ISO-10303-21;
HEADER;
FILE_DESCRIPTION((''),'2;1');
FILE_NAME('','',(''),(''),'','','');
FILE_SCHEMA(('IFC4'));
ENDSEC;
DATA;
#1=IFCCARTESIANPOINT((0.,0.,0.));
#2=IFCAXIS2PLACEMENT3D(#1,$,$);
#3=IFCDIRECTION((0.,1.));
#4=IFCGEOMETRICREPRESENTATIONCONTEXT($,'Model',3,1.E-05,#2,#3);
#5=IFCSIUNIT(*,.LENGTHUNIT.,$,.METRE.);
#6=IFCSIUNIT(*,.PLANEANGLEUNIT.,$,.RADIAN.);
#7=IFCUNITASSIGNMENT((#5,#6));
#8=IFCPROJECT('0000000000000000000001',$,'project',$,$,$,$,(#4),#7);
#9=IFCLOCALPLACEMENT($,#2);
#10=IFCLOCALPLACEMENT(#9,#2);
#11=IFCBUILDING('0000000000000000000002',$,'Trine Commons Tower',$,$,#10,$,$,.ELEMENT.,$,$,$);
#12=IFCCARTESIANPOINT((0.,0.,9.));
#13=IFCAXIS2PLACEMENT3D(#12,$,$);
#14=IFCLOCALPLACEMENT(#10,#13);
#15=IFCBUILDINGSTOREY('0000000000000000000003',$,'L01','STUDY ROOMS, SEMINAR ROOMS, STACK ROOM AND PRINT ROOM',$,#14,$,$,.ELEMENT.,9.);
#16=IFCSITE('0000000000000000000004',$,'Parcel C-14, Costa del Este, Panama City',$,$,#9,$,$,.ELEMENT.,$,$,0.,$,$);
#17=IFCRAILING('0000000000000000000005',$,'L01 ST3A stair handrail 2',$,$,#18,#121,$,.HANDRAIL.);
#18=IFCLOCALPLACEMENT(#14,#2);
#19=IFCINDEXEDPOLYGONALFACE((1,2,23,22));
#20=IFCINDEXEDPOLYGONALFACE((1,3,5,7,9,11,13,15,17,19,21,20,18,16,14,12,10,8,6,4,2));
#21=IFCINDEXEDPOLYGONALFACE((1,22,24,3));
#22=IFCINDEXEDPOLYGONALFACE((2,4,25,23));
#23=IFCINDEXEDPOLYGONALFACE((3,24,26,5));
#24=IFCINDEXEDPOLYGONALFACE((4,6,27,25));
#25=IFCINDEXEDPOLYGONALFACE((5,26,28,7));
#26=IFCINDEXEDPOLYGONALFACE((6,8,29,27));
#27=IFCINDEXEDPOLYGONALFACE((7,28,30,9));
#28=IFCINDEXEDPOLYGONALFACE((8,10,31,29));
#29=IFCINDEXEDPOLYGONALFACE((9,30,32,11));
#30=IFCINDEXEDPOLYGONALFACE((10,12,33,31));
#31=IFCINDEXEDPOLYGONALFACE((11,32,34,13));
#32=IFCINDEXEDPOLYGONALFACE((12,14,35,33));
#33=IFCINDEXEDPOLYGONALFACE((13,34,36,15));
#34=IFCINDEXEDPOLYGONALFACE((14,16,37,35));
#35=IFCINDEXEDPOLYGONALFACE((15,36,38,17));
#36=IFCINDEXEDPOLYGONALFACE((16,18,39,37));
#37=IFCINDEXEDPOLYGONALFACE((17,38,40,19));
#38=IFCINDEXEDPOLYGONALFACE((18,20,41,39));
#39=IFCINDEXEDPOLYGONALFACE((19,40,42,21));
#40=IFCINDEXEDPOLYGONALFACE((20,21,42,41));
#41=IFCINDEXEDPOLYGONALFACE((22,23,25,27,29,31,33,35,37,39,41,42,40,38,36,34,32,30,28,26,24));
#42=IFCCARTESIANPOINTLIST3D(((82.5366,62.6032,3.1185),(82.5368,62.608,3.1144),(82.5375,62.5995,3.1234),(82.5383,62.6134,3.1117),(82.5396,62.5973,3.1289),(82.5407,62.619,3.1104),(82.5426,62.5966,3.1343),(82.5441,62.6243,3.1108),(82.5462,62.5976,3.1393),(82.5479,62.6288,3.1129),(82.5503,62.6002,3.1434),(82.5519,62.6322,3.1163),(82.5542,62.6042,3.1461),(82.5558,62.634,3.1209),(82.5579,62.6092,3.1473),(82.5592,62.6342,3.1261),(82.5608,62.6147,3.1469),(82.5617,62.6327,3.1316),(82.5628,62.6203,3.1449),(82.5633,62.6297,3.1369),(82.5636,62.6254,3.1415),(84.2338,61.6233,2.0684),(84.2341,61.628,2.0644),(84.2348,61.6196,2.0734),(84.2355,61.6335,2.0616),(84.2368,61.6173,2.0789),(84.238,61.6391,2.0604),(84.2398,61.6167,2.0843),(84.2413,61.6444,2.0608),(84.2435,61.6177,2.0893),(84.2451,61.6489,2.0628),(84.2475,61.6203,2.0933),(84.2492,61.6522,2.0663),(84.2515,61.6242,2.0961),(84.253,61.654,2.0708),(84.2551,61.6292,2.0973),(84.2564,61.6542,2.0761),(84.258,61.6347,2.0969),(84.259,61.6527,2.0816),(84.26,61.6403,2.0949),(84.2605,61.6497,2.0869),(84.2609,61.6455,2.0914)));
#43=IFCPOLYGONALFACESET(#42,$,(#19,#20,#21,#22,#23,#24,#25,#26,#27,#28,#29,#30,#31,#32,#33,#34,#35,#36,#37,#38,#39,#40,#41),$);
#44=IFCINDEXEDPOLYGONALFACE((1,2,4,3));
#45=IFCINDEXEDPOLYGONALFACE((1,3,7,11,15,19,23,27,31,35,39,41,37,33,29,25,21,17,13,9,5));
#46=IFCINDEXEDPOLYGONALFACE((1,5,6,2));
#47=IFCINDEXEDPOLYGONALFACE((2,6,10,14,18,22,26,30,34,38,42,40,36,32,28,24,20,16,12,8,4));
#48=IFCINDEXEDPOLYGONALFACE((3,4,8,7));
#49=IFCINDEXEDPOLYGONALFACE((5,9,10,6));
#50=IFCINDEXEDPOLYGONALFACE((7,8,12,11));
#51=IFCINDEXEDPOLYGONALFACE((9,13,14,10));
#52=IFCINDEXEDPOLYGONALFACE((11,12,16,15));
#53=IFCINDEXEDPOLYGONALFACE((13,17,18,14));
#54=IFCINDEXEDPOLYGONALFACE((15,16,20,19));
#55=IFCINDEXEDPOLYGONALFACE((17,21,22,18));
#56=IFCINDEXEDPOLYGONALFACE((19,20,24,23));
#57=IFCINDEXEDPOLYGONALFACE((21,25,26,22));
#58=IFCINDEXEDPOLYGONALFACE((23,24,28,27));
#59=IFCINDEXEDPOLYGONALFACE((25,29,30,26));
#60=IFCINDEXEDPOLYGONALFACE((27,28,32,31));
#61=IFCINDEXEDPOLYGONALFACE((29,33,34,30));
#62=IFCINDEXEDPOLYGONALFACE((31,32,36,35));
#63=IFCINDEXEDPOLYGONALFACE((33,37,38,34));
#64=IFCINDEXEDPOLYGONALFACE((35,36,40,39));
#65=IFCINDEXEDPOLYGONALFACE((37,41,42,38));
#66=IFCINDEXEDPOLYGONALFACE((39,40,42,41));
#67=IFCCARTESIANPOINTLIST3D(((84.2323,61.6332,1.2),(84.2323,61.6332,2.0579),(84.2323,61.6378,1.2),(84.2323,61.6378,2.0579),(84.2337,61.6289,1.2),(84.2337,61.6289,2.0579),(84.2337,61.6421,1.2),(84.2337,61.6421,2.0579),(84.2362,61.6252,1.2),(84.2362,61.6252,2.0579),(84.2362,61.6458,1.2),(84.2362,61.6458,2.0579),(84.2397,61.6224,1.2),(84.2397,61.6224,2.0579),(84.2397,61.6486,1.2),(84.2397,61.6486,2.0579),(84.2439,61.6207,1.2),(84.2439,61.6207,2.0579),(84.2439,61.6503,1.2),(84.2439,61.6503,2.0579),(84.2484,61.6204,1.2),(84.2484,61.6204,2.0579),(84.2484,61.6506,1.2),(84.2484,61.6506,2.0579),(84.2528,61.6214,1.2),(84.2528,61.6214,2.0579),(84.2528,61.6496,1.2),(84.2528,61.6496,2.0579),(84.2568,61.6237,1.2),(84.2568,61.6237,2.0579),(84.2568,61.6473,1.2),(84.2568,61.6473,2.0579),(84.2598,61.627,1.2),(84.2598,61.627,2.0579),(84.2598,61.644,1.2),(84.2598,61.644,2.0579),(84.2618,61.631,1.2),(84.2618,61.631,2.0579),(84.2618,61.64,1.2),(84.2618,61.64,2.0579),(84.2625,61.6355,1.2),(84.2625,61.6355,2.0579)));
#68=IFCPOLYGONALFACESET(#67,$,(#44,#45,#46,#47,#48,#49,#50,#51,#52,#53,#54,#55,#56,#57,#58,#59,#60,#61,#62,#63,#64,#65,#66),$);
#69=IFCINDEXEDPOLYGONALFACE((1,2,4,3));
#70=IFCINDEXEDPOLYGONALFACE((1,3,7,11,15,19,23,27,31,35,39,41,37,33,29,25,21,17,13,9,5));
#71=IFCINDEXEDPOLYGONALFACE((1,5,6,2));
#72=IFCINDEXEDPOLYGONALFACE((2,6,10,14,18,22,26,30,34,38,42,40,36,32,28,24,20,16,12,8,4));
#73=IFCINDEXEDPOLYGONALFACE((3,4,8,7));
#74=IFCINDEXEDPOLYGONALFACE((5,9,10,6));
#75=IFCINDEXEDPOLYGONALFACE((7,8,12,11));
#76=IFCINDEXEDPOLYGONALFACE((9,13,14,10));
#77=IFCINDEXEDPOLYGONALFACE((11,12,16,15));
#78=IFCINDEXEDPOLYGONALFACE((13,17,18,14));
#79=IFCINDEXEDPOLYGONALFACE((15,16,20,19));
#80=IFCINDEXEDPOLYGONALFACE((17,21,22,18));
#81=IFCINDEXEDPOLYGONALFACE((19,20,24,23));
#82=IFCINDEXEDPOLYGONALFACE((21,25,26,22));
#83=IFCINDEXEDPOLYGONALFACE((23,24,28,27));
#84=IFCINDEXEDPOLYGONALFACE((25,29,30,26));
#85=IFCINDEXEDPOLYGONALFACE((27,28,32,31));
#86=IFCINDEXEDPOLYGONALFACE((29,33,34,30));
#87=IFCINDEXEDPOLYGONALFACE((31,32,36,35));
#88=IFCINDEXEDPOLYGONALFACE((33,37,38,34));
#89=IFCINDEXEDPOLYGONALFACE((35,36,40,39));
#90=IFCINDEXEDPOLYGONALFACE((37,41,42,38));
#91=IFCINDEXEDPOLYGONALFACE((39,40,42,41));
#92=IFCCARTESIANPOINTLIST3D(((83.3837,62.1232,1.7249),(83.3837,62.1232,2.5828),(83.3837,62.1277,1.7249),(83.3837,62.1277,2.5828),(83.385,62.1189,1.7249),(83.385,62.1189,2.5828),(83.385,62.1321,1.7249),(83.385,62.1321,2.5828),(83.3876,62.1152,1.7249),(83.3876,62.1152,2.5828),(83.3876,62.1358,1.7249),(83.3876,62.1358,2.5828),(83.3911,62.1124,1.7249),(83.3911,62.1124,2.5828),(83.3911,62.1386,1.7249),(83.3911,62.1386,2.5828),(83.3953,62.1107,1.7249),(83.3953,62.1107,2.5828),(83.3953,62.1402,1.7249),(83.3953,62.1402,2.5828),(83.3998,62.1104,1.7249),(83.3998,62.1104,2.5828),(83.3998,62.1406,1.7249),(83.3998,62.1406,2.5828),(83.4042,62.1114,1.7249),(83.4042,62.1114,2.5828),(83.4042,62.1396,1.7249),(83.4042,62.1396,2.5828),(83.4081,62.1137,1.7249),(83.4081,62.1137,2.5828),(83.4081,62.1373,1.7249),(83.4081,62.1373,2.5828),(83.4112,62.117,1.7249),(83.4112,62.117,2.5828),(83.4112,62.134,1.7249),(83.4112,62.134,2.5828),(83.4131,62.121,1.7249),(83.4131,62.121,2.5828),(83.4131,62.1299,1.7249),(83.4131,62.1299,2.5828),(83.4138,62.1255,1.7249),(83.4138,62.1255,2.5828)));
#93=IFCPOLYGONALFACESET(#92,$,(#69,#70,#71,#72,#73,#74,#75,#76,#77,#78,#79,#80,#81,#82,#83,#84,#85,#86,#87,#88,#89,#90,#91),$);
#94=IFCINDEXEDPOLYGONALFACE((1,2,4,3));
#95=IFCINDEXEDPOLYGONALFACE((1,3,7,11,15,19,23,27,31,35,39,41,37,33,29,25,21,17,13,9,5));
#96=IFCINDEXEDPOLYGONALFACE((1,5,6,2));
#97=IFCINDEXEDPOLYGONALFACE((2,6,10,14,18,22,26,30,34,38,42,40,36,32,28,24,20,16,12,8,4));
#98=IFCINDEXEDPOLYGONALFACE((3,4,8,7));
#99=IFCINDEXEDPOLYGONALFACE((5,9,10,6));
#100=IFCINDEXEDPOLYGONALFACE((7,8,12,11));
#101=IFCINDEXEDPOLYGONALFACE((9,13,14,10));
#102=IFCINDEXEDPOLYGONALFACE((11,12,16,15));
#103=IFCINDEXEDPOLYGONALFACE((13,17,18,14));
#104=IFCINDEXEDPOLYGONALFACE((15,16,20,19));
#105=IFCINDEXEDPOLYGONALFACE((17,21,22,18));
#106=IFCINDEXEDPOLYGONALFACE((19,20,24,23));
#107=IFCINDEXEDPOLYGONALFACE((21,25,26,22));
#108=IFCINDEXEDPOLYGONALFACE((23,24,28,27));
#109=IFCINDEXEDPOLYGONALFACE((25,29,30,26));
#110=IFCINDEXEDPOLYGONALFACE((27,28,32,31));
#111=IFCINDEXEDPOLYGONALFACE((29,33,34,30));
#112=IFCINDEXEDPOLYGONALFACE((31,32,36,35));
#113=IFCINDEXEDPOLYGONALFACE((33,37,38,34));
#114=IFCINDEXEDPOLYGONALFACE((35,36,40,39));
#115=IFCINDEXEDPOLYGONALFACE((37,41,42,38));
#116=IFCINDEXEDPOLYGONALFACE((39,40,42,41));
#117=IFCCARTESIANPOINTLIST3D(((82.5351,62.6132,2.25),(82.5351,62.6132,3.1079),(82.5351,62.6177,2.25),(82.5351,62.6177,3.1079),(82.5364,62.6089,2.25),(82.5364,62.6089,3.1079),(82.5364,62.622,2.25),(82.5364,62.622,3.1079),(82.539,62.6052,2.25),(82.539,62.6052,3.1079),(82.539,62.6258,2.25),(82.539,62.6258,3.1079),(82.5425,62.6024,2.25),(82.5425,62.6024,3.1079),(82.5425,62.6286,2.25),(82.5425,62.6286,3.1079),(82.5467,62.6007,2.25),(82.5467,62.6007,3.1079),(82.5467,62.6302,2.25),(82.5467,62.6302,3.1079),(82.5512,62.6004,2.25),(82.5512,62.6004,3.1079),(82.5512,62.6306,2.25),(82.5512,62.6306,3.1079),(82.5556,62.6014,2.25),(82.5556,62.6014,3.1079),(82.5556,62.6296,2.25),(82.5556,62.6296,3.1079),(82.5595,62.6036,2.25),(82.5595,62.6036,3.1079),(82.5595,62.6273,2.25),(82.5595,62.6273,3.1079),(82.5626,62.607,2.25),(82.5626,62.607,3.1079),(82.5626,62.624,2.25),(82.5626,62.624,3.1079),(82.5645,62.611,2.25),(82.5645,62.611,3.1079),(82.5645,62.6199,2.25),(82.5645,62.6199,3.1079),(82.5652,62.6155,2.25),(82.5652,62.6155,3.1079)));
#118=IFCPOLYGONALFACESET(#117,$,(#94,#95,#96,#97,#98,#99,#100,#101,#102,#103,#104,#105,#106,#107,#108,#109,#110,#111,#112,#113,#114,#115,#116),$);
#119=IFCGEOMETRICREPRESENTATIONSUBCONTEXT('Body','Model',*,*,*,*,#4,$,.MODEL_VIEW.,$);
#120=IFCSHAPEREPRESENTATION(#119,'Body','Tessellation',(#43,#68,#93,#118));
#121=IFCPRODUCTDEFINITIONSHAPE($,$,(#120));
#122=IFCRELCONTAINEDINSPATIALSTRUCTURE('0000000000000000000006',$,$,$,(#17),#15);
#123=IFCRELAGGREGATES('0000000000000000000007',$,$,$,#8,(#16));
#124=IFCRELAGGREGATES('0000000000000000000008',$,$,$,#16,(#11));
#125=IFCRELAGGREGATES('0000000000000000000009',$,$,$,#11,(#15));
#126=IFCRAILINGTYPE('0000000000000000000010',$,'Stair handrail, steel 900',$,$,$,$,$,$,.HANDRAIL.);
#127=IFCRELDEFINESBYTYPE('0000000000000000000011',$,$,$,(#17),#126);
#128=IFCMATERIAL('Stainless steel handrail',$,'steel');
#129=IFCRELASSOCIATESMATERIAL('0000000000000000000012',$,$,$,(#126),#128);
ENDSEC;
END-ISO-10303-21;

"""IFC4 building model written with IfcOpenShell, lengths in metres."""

from ifc_helpers import new_model, si_unit, direction, frame, origin, origin_2d, place, context, subcontext, project, spatial, circle, extrude, material, type_object, element, save


model = new_model("IFC4")

# Units and contexts
model_context = context("Model", 3, precision=1e-05, world=origin(), true_north=direction((0.0, 1.0)))
body_context = subcontext(model_context, "Body", "Model", "MODEL_VIEW")
ifc_project = project(units=[si_unit("LENGTHUNIT", "METRE"), si_unit("PLANEANGLEUNIT", "RADIAN")], contexts=[model_context])

# Site, building, storey
site_placement = place(None, origin())
site = spatial("IfcSite", under=ifc_project, at=site_placement, Name="Parcel C-14, Costa del Este, Panama City", CompositionType="ELEMENT", RefElevation=0.0)
building_placement = place(site_placement, origin())
building = spatial("IfcBuilding", under=site, at=building_placement, Name="Trine Commons Tower", CompositionType="ELEMENT")
storey_placement = place(building_placement, frame((0.0, 0.0, 9.0)))
storey = spatial("IfcBuildingStorey", under=building, at=storey_placement, Name="L01", Description="STUDY ROOMS, SEMINAR ROOMS, STACK ROOM AND PRINT ROOM", CompositionType="ELEMENT", Elevation=9.0)

# Railing
ifc_material_1 = material(Name="Stainless steel handrail", Category="steel")
railing_type_1 = type_object("IfcRailingType", Name="Stair handrail, steel 900", PredefinedType="HANDRAIL", material=ifc_material_1)
railing_1_placement = place(storey_placement, frame((84.2473, 61.6355, 1.2)))
element("IfcRailing", 1, at=railing_1_placement, inside=storey, type_object=railing_type_1, Name="L01 ST3A stair handrail 2", PredefinedType="HANDRAIL", context=body_context, shape_type="SweptSolid", body=[
    extrude(circle(Radius=0.021, at=origin_2d()), frame((0.0, 0.0, 0.8789), z_axis=(-0.763352, 0.44075, 0.472264), x_axis=(-0.500024, -0.866011, 0.0)), (0.0, 0.0, 1.0), 2.2234),
    extrude(circle(Radius=0.0151, at=origin_2d()), origin(), (0.0, 0.0, 1.0), 0.8579),
    extrude(circle(Radius=0.0151, at=origin_2d()), frame((-0.8486, 0.49, 0.5249)), (0.0, 0.0, 1.0), 0.8579),
    extrude(circle(Radius=0.0151, at=origin_2d()), frame((-1.6973, 0.98, 1.05)), (0.0, 0.0, 1.0), 0.8579),
])

save(model, "model.ifc")
